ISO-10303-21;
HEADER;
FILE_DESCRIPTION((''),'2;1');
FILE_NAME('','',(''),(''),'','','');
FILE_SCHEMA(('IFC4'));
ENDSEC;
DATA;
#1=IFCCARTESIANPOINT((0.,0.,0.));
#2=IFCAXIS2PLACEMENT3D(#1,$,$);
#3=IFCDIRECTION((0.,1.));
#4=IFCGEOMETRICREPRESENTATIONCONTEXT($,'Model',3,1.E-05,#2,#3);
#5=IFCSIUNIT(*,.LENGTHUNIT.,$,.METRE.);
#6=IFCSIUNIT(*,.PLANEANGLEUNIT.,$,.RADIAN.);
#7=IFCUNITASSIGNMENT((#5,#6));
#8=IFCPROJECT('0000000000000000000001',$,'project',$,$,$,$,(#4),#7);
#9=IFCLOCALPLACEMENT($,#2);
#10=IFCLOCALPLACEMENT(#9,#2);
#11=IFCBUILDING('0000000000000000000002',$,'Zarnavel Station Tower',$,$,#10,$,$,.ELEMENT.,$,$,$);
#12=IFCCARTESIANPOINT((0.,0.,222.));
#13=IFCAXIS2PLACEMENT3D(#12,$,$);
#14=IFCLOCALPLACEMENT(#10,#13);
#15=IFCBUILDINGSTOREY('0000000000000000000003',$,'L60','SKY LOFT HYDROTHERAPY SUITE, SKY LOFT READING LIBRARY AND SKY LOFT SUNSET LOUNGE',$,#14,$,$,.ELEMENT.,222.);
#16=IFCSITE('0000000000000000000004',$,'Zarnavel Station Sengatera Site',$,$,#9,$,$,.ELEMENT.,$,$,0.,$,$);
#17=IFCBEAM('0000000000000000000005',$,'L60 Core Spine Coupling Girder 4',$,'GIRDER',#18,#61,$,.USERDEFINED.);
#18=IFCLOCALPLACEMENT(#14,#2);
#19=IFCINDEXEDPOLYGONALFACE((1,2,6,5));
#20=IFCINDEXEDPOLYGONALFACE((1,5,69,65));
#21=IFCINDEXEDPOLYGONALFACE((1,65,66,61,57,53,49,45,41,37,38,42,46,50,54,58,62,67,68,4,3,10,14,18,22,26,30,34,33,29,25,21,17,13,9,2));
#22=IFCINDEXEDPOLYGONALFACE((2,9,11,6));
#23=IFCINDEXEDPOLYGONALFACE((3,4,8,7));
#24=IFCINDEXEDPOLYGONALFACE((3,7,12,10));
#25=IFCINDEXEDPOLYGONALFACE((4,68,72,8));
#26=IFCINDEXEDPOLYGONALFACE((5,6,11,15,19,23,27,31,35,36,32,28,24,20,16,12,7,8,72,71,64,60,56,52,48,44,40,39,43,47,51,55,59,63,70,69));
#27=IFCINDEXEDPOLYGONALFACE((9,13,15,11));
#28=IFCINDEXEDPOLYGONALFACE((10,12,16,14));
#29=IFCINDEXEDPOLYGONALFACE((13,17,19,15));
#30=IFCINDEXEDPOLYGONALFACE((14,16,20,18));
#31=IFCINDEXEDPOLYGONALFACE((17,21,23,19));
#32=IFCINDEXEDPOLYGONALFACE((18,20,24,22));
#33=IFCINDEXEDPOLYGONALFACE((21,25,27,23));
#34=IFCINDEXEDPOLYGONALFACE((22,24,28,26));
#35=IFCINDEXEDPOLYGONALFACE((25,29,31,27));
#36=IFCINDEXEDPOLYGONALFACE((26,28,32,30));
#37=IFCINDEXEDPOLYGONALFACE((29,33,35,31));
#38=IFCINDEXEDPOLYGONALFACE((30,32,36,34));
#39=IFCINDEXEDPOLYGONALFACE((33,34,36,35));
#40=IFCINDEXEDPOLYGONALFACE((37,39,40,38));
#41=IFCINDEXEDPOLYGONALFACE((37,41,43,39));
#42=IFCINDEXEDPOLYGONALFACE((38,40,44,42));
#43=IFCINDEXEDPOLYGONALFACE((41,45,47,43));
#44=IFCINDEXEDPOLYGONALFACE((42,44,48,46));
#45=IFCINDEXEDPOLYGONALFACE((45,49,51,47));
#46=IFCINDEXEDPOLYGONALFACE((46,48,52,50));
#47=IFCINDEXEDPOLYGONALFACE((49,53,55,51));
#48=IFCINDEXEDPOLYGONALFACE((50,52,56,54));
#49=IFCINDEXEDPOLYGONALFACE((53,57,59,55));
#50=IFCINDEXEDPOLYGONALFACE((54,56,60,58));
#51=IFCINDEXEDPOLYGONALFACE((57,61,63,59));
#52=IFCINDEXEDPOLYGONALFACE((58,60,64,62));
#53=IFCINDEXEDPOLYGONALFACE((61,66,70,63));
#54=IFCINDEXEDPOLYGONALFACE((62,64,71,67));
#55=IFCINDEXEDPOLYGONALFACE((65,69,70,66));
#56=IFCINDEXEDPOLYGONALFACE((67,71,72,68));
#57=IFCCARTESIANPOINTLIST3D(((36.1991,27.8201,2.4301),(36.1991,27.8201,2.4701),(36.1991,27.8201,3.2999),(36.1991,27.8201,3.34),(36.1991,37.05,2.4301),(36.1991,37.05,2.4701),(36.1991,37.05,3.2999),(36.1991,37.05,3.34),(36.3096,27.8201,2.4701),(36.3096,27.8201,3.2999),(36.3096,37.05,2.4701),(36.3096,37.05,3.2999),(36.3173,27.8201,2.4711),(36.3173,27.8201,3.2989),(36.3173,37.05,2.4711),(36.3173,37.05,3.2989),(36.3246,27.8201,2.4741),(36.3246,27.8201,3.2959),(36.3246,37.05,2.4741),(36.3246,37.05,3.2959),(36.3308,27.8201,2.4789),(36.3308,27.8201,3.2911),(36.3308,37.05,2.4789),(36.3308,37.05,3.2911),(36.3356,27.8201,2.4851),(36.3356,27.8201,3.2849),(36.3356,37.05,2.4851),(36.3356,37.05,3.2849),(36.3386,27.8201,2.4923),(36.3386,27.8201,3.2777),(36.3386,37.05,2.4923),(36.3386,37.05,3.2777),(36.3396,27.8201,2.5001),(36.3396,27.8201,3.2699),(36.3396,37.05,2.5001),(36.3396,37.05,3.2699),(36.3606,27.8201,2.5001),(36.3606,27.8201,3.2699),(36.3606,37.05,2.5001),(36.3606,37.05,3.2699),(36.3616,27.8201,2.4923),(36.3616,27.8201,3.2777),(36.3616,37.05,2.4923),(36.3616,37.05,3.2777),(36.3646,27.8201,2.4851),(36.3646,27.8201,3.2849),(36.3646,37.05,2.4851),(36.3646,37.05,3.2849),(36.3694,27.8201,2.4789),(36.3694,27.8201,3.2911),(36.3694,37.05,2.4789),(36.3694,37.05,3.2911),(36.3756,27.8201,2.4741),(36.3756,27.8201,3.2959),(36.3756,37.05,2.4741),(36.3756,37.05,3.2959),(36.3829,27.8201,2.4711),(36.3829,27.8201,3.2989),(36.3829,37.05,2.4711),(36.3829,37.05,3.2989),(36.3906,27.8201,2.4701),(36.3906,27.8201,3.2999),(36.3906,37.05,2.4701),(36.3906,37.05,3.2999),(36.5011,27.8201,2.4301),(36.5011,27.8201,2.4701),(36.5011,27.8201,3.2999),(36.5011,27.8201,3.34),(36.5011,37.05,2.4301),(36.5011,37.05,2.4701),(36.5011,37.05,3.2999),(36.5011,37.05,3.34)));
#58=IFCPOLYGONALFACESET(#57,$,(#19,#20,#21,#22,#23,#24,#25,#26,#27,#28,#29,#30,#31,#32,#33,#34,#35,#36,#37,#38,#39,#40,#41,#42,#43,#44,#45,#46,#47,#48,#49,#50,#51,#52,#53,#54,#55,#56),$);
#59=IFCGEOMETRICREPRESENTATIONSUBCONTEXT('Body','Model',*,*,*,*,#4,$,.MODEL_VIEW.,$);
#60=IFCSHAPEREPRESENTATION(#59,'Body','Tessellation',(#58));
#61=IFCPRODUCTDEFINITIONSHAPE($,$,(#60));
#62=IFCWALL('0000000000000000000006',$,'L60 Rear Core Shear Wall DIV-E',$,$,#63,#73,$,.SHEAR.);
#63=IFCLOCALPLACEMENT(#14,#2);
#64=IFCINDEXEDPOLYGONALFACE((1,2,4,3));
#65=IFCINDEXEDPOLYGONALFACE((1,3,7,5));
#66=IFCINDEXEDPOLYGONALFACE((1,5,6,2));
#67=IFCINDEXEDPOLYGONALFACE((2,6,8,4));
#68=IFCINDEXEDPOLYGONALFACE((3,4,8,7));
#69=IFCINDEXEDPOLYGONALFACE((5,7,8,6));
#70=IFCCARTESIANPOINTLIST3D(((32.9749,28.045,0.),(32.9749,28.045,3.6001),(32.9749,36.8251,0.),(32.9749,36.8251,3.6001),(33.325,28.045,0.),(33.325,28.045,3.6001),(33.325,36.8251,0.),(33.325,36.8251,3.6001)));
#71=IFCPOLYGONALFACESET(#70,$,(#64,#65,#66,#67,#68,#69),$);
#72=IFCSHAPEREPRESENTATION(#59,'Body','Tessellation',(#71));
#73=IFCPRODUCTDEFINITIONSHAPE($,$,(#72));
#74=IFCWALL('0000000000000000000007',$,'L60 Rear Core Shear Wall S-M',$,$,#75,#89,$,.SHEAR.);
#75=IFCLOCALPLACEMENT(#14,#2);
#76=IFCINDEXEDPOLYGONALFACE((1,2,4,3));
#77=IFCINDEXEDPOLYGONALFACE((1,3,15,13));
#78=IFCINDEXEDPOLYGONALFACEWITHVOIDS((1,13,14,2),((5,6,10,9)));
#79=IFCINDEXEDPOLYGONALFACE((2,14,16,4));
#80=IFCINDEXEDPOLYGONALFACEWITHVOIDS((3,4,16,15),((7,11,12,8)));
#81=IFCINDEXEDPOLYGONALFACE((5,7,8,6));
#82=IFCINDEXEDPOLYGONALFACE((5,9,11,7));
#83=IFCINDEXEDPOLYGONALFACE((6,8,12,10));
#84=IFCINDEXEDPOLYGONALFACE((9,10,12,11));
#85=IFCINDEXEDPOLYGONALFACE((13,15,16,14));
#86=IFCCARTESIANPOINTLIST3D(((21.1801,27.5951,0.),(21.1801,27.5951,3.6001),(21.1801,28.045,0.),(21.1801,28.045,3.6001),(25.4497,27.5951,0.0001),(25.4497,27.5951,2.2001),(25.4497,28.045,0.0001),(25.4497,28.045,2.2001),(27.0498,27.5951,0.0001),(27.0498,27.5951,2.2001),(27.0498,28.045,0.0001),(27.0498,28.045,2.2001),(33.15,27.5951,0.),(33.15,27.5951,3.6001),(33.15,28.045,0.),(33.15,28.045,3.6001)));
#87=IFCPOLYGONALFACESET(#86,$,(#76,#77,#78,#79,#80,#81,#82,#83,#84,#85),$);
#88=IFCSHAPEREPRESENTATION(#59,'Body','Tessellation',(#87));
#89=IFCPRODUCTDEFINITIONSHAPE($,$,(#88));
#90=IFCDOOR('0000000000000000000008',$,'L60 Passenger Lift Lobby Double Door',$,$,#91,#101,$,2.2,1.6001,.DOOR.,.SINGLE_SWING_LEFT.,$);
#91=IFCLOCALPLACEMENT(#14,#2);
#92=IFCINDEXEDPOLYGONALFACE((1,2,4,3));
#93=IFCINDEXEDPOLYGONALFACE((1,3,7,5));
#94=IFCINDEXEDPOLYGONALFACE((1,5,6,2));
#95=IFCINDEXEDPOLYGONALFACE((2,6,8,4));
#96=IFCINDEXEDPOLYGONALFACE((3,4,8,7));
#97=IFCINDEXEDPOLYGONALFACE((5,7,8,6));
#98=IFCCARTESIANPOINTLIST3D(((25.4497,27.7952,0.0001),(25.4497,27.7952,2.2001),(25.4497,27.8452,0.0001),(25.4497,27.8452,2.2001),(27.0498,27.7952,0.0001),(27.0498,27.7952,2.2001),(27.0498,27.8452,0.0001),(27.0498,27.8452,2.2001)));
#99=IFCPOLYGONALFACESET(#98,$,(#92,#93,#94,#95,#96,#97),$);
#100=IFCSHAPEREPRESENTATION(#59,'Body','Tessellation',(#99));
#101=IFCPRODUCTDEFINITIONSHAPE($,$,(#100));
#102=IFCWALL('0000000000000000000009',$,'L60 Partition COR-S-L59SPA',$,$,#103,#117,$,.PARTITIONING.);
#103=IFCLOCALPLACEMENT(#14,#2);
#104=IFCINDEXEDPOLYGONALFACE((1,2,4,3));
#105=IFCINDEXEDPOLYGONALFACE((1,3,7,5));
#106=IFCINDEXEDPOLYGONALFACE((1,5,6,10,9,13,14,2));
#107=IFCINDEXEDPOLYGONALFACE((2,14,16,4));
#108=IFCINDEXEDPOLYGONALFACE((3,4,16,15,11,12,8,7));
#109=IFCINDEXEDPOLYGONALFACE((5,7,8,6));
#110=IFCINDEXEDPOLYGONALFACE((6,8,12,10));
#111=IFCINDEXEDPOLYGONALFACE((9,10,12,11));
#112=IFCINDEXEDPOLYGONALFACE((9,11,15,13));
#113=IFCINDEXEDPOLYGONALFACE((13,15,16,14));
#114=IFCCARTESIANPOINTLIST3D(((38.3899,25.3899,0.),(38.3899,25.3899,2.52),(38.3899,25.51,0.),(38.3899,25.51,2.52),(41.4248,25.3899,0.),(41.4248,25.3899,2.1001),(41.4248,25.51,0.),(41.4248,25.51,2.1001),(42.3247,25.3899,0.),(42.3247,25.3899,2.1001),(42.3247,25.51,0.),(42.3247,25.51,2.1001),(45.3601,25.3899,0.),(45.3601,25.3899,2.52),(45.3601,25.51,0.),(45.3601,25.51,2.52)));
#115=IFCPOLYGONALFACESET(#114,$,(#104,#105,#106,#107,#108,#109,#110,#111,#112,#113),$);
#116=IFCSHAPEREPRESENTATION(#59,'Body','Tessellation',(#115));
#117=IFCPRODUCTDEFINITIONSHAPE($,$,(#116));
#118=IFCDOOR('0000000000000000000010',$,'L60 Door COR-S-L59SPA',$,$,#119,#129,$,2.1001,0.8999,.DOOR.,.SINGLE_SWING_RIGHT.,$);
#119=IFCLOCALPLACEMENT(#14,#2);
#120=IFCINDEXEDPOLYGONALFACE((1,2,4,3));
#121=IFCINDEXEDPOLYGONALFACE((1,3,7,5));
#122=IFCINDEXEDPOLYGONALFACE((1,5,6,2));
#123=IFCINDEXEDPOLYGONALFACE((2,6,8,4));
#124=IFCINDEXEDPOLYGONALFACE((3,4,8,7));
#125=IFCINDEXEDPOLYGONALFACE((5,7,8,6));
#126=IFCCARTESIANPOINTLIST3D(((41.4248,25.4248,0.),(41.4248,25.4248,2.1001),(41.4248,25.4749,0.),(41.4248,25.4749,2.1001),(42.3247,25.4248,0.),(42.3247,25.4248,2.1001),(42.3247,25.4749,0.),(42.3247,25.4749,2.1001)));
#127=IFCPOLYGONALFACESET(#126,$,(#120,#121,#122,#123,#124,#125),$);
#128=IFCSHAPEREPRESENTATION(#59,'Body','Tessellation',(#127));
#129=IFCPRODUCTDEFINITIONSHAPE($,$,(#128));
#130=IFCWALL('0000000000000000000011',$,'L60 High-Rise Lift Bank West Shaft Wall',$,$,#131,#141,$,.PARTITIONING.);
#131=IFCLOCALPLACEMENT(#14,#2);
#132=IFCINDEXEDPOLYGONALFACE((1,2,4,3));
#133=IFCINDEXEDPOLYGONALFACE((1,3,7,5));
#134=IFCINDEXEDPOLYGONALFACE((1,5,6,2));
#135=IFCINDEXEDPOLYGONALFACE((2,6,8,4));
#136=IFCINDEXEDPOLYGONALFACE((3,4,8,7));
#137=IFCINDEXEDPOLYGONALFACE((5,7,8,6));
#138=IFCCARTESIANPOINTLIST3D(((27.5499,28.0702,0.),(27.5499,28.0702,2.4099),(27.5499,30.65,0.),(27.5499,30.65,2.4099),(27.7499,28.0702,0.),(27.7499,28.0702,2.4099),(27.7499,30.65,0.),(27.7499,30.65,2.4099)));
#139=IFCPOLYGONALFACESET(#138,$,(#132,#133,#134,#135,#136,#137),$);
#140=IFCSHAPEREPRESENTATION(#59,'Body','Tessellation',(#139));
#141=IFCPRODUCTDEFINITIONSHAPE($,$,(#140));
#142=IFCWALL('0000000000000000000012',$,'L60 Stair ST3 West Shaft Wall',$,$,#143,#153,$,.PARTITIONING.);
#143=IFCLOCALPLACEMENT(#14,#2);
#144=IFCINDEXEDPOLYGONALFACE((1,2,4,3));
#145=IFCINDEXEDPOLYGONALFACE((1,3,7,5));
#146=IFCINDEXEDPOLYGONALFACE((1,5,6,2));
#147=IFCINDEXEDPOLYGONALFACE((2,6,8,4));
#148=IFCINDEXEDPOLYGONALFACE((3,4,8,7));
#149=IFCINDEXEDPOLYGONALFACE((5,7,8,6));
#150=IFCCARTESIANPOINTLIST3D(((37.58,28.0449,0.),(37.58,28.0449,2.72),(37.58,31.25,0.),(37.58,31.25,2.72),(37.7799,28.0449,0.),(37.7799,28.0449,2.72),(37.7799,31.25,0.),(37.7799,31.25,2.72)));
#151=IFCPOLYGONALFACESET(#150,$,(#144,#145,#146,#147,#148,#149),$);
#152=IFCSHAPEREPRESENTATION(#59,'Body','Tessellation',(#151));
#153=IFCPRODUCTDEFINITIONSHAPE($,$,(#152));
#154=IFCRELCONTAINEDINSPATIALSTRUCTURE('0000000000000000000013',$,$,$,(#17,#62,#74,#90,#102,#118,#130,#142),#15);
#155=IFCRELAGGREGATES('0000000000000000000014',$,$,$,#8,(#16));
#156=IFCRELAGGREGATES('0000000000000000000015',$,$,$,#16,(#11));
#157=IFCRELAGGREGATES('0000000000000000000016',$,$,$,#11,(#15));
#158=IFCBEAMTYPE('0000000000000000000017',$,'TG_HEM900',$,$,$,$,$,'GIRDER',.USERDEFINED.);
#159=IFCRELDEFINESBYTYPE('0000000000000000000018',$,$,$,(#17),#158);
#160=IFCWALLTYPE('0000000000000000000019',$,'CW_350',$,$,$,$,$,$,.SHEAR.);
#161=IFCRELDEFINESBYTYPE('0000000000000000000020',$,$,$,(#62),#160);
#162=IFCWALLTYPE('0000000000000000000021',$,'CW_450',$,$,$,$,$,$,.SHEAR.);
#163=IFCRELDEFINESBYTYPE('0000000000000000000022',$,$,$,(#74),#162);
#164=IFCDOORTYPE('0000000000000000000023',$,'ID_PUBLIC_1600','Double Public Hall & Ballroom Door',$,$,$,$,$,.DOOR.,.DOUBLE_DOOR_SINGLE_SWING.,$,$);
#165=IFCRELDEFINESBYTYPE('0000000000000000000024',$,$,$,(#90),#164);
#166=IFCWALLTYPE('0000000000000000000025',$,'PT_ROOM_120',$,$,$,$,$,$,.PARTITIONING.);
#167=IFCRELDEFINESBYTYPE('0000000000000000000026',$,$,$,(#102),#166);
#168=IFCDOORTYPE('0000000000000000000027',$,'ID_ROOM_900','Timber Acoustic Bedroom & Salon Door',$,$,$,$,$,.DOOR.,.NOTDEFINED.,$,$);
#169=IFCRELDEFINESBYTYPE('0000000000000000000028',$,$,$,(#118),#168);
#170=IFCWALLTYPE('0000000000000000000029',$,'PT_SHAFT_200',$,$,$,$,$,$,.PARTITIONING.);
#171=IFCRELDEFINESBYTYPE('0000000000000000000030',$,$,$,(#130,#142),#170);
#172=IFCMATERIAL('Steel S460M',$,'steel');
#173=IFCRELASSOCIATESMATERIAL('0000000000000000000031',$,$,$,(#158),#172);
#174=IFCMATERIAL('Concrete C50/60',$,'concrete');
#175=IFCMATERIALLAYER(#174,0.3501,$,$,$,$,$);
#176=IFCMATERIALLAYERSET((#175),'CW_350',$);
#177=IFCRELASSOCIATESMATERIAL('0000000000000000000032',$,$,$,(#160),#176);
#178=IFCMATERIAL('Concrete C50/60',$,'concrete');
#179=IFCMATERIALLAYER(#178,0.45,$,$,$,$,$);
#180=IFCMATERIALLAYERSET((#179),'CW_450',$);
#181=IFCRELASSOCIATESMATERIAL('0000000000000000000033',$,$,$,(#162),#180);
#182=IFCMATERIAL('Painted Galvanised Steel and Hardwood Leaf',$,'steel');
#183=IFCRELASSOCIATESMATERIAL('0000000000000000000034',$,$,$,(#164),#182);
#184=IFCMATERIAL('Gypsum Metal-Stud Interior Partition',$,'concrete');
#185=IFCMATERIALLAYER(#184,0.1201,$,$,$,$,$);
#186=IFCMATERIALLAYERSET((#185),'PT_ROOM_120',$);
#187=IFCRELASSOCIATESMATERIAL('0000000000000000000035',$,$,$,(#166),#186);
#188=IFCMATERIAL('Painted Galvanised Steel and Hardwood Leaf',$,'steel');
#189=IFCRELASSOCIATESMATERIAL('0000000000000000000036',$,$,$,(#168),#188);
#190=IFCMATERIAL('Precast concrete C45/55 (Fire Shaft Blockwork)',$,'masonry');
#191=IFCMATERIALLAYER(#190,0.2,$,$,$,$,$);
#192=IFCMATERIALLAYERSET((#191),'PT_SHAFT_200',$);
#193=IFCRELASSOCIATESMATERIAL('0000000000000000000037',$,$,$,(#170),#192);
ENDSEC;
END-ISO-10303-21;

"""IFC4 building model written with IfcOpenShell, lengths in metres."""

from ifc_helpers import new_model, si_unit, direction, frame, frame_2d, origin, origin_2d, place, context, subcontext, project, spatial, rectangle, i_section, extrude, material, layer, layer_set, material_profile, profile_set, type_object, element, fill, save


model = new_model("IFC4")

# Units and contexts
model_context = context("Model", 3, precision=1e-05, world=origin(), true_north=direction((0.0, 1.0)))
body_context = subcontext(model_context, "Body", "Model", "MODEL_VIEW")
ifc_project = project(units=[si_unit("LENGTHUNIT", "METRE"), si_unit("PLANEANGLEUNIT", "RADIAN")], contexts=[model_context])

# Site, building, storey
site_placement = place(None, origin())
site = spatial("IfcSite", under=ifc_project, at=site_placement, Name="Zarnavel Station Sengatera Site", CompositionType="ELEMENT", RefElevation=0.0)
building_placement = place(site_placement, origin())
building = spatial("IfcBuilding", under=site, at=building_placement, Name="Zarnavel Station Tower", CompositionType="ELEMENT")
storey_placement = place(building_placement, frame((0.0, 0.0, 222.0)))
storey = spatial("IfcBuildingStorey", under=building, at=storey_placement, Name="L60", Description="SKY LOFT HYDROTHERAPY SUITE, SKY LOFT READING LIBRARY AND SKY LOFT SUNSET LOUNGE", CompositionType="ELEMENT", Elevation=222.0)

# Beam
ifc_material_1 = material(Name="Steel S460M", Category="steel")
ifc_material_profile_1 = material_profile(ifc_material_1, i_section(OverallWidth=0.302, OverallDepth=0.9099, WebThickness=0.021, FlangeThickness=0.04, FilletRadius=0.03, at=origin_2d()), Name="HEM900")
ifc_profile_set_1 = profile_set([ifc_material_profile_1], Name="Steel S460M")
beam_type_1 = type_object("IfcBeamType", Name="TG_HEM900", ElementType="GIRDER", PredefinedType="USERDEFINED", material=ifc_profile_set_1)
for number, where, z_axis, x_axis, name in (
    (1, (36.3501, 27.8201, 2.885), (0.0, 1.0, 0.0), (-1.0, 0.0, 0.0), "L60 Core Spine Coupling Girder 4"),
):
    element("IfcBeam", number, at=place(storey_placement, frame(where, z_axis=z_axis, x_axis=x_axis)), inside=storey, type_object=beam_type_1, Name=name, ObjectType="GIRDER", PredefinedType="USERDEFINED", context=body_context, shape_type="SweptSolid", body=[
        extrude(i_section(OverallWidth=0.302, OverallDepth=0.9099, WebThickness=0.021, FlangeThickness=0.04, FilletRadius=0.03, at=origin_2d()), origin(), (0.0, 0.0, 1.0), 9.23),
    ])

# Wall
ifc_material_2 = material(Name="Concrete C50/60", Category="concrete")
ifc_layer_1 = layer(ifc_material_2, 0.3501)
ifc_layer_set_1 = layer_set([ifc_layer_1], Name="CW_350")
wall_type_1 = type_object("IfcWallType", Name="CW_350", PredefinedType="SHEAR", material=ifc_layer_set_1)
wall_1_placement = place(storey_placement, frame((33.1499, 28.0449, 0.0), z_axis=(0.0, 0.0, 1.0), x_axis=(0.0, 1.0, 0.0)))
element("IfcWall", 2, at=wall_1_placement, inside=storey, type_object=wall_type_1, Name="L60 Rear Core Shear Wall DIV-E", PredefinedType="SHEAR", context=body_context, shape_type="SweptSolid", body=[
    extrude(rectangle(XDim=8.78, YDim=0.3501, at=frame_2d((4.3901, 0.0))), origin(), (0.0, 0.0, 1.0), 3.6001),
])

# Walls, openings, doors
ifc_material_3 = material(Name="Concrete C50/60", Category="concrete")
ifc_layer_2 = layer(ifc_material_3, 0.45)
ifc_layer_set_2 = layer_set([ifc_layer_2], Name="CW_450")
wall_type_2 = type_object("IfcWallType", Name="CW_450", PredefinedType="SHEAR", material=ifc_layer_set_2)
wall_2_placement = place(storey_placement, frame((33.1499, 27.8201, 0.0), z_axis=(0.0, 0.0, 1.0), x_axis=(-1.0, 0.0, 0.0)))
wall_2 = element("IfcWall", 3, at=wall_2_placement, inside=storey, type_object=wall_type_2, Name="L60 Rear Core Shear Wall S-M", PredefinedType="SHEAR", context=body_context, shape_type="SweptSolid", body=[
    extrude(rectangle(XDim=11.97, YDim=0.45, at=frame_2d((5.9849, 0.0))), origin(), (0.0, 0.0, 1.0), 3.6001),
])
opening_1_placement = place(wall_2_placement, frame((6.1001, 0.0, 0.0)))
opening_1 = element("IfcOpeningElement", 4, at=opening_1_placement, cuts=wall_2, PredefinedType="OPENING", context=body_context, shape_type="SweptSolid", body=[
    extrude(rectangle(XDim=1.6001, YDim=2.2, at=frame_2d((0.8, 1.1001))), frame((0.0, 0.2349, 0.0), z_axis=(0.0, -1.0, 0.0), x_axis=(1.0, 0.0, 0.0)), (0.0, 0.0, 1.0), 0.47),
])
ifc_material_4 = material(Name="Painted Galvanised Steel and Hardwood Leaf", Category="steel")
door_type_1 = type_object("IfcDoorType", Name="ID_PUBLIC_1600", Description="Double Public Hall & Ballroom Door", OperationType="DOUBLE_DOOR_SINGLE_SWING", PredefinedType="DOOR", material=ifc_material_4)
door_1_placement = place(opening_1_placement, origin())
door_1 = element("IfcDoor", 5, at=door_1_placement, inside=storey, type_object=door_type_1, Name="L60 Passenger Lift Lobby Double Door", OperationType="SINGLE_SWING_LEFT", OverallHeight=2.2, OverallWidth=1.6001, PredefinedType="DOOR", context=body_context, shape_type="SweptSolid", body=[
    extrude(rectangle(XDim=1.6001, YDim=2.2, at=frame_2d((0.8, 1.1001))), frame((0.0, 0.0249, 0.0), z_axis=(0.0, -1.0, 0.0), x_axis=(1.0, 0.0, 0.0)), (0.0, 0.0, 1.0), 0.05),
])
fill(opening_1, door_1)
ifc_material_5 = material(Name="Gypsum Metal-Stud Interior Partition", Category="concrete")
ifc_layer_3 = layer(ifc_material_5, 0.1201)
ifc_layer_set_3 = layer_set([ifc_layer_3], Name="PT_ROOM_120")
wall_type_3 = type_object("IfcWallType", Name="PT_ROOM_120", PredefinedType="PARTITIONING", material=ifc_layer_set_3)
wall_3_placement = place(storey_placement, frame((38.3899, 25.45, 0.0), z_axis=(0.0, 0.0, 1.0), x_axis=(1.0, 0.0, 0.0)))
wall_3 = element("IfcWall", 6, at=wall_3_placement, inside=storey, type_object=wall_type_3, Name="L60 Partition COR-S-L59SPA", PredefinedType="PARTITIONING", context=body_context, shape_type="SweptSolid", body=[
    extrude(rectangle(XDim=6.9702, YDim=0.1201, at=frame_2d((3.4851, 0.0))), origin(), (0.0, 0.0, 1.0), 2.52),
])
opening_2_placement = place(wall_3_placement, frame((3.0349, 0.0, 0.0)))
opening_2 = element("IfcOpeningElement", 7, at=opening_2_placement, cuts=wall_3, PredefinedType="OPENING", context=body_context, shape_type="SweptSolid", body=[
    extrude(rectangle(XDim=0.8999, YDim=2.1001, at=frame_2d((0.45, 1.05))), frame((0.0, 0.0701, 0.0), z_axis=(0.0, -1.0, 0.0), x_axis=(1.0, 0.0, 0.0)), (0.0, 0.0, 1.0), 0.1401),
])
ifc_material_6 = material(Name="Painted Galvanised Steel and Hardwood Leaf", Category="steel")
door_type_2 = type_object("IfcDoorType", Name="ID_ROOM_900", Description="Timber Acoustic Bedroom & Salon Door", OperationType="NOTDEFINED", PredefinedType="DOOR", material=ifc_material_6)
door_2_placement = place(opening_2_placement, origin())
door_2 = element("IfcDoor", 8, at=door_2_placement, inside=storey, type_object=door_type_2, Name="L60 Door COR-S-L59SPA", OperationType="SINGLE_SWING_RIGHT", OverallHeight=2.1001, OverallWidth=0.8999, PredefinedType="DOOR", context=body_context, shape_type="SweptSolid", body=[
    extrude(rectangle(XDim=0.8999, YDim=2.1001, at=frame_2d((0.45, 1.05))), frame((0.0, 0.0249, 0.0), z_axis=(0.0, -1.0, 0.0), x_axis=(1.0, 0.0, 0.0)), (0.0, 0.0, 1.0), 0.05),
])
fill(opening_2, door_2)
ifc_material_7 = material(Name="Precast concrete C45/55 (Fire Shaft Blockwork)", Category="masonry")
ifc_layer_4 = layer(ifc_material_7, 0.2)
ifc_layer_set_4 = layer_set([ifc_layer_4], Name="PT_SHAFT_200")
wall_type_4 = type_object("IfcWallType", Name="PT_SHAFT_200", PredefinedType="PARTITIONING", material=ifc_layer_set_4)

# Walls
wall_4_placement = place(storey_placement, frame((27.6499, 28.0701, 0.0), z_axis=(0.0, 0.0, 1.0), x_axis=(0.0, 1.0, 0.0)))
element("IfcWall", 9, at=wall_4_placement, inside=storey, type_object=wall_type_4, Name="L60 High-Rise Lift Bank West Shaft Wall", PredefinedType="PARTITIONING", context=body_context, shape_type="SweptSolid", body=[
    extrude(rectangle(XDim=2.5798, YDim=0.2, at=frame_2d((1.29, 0.0))), origin(), (0.0, 0.0, 1.0), 2.4099),
])
wall_5_placement = place(storey_placement, frame((37.6799, 28.0449, 0.0), z_axis=(0.0, 0.0, 1.0), x_axis=(0.0, 1.0, 0.0)))
element("IfcWall", 10, at=wall_5_placement, inside=storey, type_object=wall_type_4, Name="L60 Stair ST3 West Shaft Wall", PredefinedType="PARTITIONING", context=body_context, shape_type="SweptSolid", body=[
    extrude(rectangle(XDim=3.2051, YDim=0.2, at=frame_2d((1.6025, 0.0))), origin(), (0.0, 0.0, 1.0), 2.72),
])

save(model, "model.ifc")
